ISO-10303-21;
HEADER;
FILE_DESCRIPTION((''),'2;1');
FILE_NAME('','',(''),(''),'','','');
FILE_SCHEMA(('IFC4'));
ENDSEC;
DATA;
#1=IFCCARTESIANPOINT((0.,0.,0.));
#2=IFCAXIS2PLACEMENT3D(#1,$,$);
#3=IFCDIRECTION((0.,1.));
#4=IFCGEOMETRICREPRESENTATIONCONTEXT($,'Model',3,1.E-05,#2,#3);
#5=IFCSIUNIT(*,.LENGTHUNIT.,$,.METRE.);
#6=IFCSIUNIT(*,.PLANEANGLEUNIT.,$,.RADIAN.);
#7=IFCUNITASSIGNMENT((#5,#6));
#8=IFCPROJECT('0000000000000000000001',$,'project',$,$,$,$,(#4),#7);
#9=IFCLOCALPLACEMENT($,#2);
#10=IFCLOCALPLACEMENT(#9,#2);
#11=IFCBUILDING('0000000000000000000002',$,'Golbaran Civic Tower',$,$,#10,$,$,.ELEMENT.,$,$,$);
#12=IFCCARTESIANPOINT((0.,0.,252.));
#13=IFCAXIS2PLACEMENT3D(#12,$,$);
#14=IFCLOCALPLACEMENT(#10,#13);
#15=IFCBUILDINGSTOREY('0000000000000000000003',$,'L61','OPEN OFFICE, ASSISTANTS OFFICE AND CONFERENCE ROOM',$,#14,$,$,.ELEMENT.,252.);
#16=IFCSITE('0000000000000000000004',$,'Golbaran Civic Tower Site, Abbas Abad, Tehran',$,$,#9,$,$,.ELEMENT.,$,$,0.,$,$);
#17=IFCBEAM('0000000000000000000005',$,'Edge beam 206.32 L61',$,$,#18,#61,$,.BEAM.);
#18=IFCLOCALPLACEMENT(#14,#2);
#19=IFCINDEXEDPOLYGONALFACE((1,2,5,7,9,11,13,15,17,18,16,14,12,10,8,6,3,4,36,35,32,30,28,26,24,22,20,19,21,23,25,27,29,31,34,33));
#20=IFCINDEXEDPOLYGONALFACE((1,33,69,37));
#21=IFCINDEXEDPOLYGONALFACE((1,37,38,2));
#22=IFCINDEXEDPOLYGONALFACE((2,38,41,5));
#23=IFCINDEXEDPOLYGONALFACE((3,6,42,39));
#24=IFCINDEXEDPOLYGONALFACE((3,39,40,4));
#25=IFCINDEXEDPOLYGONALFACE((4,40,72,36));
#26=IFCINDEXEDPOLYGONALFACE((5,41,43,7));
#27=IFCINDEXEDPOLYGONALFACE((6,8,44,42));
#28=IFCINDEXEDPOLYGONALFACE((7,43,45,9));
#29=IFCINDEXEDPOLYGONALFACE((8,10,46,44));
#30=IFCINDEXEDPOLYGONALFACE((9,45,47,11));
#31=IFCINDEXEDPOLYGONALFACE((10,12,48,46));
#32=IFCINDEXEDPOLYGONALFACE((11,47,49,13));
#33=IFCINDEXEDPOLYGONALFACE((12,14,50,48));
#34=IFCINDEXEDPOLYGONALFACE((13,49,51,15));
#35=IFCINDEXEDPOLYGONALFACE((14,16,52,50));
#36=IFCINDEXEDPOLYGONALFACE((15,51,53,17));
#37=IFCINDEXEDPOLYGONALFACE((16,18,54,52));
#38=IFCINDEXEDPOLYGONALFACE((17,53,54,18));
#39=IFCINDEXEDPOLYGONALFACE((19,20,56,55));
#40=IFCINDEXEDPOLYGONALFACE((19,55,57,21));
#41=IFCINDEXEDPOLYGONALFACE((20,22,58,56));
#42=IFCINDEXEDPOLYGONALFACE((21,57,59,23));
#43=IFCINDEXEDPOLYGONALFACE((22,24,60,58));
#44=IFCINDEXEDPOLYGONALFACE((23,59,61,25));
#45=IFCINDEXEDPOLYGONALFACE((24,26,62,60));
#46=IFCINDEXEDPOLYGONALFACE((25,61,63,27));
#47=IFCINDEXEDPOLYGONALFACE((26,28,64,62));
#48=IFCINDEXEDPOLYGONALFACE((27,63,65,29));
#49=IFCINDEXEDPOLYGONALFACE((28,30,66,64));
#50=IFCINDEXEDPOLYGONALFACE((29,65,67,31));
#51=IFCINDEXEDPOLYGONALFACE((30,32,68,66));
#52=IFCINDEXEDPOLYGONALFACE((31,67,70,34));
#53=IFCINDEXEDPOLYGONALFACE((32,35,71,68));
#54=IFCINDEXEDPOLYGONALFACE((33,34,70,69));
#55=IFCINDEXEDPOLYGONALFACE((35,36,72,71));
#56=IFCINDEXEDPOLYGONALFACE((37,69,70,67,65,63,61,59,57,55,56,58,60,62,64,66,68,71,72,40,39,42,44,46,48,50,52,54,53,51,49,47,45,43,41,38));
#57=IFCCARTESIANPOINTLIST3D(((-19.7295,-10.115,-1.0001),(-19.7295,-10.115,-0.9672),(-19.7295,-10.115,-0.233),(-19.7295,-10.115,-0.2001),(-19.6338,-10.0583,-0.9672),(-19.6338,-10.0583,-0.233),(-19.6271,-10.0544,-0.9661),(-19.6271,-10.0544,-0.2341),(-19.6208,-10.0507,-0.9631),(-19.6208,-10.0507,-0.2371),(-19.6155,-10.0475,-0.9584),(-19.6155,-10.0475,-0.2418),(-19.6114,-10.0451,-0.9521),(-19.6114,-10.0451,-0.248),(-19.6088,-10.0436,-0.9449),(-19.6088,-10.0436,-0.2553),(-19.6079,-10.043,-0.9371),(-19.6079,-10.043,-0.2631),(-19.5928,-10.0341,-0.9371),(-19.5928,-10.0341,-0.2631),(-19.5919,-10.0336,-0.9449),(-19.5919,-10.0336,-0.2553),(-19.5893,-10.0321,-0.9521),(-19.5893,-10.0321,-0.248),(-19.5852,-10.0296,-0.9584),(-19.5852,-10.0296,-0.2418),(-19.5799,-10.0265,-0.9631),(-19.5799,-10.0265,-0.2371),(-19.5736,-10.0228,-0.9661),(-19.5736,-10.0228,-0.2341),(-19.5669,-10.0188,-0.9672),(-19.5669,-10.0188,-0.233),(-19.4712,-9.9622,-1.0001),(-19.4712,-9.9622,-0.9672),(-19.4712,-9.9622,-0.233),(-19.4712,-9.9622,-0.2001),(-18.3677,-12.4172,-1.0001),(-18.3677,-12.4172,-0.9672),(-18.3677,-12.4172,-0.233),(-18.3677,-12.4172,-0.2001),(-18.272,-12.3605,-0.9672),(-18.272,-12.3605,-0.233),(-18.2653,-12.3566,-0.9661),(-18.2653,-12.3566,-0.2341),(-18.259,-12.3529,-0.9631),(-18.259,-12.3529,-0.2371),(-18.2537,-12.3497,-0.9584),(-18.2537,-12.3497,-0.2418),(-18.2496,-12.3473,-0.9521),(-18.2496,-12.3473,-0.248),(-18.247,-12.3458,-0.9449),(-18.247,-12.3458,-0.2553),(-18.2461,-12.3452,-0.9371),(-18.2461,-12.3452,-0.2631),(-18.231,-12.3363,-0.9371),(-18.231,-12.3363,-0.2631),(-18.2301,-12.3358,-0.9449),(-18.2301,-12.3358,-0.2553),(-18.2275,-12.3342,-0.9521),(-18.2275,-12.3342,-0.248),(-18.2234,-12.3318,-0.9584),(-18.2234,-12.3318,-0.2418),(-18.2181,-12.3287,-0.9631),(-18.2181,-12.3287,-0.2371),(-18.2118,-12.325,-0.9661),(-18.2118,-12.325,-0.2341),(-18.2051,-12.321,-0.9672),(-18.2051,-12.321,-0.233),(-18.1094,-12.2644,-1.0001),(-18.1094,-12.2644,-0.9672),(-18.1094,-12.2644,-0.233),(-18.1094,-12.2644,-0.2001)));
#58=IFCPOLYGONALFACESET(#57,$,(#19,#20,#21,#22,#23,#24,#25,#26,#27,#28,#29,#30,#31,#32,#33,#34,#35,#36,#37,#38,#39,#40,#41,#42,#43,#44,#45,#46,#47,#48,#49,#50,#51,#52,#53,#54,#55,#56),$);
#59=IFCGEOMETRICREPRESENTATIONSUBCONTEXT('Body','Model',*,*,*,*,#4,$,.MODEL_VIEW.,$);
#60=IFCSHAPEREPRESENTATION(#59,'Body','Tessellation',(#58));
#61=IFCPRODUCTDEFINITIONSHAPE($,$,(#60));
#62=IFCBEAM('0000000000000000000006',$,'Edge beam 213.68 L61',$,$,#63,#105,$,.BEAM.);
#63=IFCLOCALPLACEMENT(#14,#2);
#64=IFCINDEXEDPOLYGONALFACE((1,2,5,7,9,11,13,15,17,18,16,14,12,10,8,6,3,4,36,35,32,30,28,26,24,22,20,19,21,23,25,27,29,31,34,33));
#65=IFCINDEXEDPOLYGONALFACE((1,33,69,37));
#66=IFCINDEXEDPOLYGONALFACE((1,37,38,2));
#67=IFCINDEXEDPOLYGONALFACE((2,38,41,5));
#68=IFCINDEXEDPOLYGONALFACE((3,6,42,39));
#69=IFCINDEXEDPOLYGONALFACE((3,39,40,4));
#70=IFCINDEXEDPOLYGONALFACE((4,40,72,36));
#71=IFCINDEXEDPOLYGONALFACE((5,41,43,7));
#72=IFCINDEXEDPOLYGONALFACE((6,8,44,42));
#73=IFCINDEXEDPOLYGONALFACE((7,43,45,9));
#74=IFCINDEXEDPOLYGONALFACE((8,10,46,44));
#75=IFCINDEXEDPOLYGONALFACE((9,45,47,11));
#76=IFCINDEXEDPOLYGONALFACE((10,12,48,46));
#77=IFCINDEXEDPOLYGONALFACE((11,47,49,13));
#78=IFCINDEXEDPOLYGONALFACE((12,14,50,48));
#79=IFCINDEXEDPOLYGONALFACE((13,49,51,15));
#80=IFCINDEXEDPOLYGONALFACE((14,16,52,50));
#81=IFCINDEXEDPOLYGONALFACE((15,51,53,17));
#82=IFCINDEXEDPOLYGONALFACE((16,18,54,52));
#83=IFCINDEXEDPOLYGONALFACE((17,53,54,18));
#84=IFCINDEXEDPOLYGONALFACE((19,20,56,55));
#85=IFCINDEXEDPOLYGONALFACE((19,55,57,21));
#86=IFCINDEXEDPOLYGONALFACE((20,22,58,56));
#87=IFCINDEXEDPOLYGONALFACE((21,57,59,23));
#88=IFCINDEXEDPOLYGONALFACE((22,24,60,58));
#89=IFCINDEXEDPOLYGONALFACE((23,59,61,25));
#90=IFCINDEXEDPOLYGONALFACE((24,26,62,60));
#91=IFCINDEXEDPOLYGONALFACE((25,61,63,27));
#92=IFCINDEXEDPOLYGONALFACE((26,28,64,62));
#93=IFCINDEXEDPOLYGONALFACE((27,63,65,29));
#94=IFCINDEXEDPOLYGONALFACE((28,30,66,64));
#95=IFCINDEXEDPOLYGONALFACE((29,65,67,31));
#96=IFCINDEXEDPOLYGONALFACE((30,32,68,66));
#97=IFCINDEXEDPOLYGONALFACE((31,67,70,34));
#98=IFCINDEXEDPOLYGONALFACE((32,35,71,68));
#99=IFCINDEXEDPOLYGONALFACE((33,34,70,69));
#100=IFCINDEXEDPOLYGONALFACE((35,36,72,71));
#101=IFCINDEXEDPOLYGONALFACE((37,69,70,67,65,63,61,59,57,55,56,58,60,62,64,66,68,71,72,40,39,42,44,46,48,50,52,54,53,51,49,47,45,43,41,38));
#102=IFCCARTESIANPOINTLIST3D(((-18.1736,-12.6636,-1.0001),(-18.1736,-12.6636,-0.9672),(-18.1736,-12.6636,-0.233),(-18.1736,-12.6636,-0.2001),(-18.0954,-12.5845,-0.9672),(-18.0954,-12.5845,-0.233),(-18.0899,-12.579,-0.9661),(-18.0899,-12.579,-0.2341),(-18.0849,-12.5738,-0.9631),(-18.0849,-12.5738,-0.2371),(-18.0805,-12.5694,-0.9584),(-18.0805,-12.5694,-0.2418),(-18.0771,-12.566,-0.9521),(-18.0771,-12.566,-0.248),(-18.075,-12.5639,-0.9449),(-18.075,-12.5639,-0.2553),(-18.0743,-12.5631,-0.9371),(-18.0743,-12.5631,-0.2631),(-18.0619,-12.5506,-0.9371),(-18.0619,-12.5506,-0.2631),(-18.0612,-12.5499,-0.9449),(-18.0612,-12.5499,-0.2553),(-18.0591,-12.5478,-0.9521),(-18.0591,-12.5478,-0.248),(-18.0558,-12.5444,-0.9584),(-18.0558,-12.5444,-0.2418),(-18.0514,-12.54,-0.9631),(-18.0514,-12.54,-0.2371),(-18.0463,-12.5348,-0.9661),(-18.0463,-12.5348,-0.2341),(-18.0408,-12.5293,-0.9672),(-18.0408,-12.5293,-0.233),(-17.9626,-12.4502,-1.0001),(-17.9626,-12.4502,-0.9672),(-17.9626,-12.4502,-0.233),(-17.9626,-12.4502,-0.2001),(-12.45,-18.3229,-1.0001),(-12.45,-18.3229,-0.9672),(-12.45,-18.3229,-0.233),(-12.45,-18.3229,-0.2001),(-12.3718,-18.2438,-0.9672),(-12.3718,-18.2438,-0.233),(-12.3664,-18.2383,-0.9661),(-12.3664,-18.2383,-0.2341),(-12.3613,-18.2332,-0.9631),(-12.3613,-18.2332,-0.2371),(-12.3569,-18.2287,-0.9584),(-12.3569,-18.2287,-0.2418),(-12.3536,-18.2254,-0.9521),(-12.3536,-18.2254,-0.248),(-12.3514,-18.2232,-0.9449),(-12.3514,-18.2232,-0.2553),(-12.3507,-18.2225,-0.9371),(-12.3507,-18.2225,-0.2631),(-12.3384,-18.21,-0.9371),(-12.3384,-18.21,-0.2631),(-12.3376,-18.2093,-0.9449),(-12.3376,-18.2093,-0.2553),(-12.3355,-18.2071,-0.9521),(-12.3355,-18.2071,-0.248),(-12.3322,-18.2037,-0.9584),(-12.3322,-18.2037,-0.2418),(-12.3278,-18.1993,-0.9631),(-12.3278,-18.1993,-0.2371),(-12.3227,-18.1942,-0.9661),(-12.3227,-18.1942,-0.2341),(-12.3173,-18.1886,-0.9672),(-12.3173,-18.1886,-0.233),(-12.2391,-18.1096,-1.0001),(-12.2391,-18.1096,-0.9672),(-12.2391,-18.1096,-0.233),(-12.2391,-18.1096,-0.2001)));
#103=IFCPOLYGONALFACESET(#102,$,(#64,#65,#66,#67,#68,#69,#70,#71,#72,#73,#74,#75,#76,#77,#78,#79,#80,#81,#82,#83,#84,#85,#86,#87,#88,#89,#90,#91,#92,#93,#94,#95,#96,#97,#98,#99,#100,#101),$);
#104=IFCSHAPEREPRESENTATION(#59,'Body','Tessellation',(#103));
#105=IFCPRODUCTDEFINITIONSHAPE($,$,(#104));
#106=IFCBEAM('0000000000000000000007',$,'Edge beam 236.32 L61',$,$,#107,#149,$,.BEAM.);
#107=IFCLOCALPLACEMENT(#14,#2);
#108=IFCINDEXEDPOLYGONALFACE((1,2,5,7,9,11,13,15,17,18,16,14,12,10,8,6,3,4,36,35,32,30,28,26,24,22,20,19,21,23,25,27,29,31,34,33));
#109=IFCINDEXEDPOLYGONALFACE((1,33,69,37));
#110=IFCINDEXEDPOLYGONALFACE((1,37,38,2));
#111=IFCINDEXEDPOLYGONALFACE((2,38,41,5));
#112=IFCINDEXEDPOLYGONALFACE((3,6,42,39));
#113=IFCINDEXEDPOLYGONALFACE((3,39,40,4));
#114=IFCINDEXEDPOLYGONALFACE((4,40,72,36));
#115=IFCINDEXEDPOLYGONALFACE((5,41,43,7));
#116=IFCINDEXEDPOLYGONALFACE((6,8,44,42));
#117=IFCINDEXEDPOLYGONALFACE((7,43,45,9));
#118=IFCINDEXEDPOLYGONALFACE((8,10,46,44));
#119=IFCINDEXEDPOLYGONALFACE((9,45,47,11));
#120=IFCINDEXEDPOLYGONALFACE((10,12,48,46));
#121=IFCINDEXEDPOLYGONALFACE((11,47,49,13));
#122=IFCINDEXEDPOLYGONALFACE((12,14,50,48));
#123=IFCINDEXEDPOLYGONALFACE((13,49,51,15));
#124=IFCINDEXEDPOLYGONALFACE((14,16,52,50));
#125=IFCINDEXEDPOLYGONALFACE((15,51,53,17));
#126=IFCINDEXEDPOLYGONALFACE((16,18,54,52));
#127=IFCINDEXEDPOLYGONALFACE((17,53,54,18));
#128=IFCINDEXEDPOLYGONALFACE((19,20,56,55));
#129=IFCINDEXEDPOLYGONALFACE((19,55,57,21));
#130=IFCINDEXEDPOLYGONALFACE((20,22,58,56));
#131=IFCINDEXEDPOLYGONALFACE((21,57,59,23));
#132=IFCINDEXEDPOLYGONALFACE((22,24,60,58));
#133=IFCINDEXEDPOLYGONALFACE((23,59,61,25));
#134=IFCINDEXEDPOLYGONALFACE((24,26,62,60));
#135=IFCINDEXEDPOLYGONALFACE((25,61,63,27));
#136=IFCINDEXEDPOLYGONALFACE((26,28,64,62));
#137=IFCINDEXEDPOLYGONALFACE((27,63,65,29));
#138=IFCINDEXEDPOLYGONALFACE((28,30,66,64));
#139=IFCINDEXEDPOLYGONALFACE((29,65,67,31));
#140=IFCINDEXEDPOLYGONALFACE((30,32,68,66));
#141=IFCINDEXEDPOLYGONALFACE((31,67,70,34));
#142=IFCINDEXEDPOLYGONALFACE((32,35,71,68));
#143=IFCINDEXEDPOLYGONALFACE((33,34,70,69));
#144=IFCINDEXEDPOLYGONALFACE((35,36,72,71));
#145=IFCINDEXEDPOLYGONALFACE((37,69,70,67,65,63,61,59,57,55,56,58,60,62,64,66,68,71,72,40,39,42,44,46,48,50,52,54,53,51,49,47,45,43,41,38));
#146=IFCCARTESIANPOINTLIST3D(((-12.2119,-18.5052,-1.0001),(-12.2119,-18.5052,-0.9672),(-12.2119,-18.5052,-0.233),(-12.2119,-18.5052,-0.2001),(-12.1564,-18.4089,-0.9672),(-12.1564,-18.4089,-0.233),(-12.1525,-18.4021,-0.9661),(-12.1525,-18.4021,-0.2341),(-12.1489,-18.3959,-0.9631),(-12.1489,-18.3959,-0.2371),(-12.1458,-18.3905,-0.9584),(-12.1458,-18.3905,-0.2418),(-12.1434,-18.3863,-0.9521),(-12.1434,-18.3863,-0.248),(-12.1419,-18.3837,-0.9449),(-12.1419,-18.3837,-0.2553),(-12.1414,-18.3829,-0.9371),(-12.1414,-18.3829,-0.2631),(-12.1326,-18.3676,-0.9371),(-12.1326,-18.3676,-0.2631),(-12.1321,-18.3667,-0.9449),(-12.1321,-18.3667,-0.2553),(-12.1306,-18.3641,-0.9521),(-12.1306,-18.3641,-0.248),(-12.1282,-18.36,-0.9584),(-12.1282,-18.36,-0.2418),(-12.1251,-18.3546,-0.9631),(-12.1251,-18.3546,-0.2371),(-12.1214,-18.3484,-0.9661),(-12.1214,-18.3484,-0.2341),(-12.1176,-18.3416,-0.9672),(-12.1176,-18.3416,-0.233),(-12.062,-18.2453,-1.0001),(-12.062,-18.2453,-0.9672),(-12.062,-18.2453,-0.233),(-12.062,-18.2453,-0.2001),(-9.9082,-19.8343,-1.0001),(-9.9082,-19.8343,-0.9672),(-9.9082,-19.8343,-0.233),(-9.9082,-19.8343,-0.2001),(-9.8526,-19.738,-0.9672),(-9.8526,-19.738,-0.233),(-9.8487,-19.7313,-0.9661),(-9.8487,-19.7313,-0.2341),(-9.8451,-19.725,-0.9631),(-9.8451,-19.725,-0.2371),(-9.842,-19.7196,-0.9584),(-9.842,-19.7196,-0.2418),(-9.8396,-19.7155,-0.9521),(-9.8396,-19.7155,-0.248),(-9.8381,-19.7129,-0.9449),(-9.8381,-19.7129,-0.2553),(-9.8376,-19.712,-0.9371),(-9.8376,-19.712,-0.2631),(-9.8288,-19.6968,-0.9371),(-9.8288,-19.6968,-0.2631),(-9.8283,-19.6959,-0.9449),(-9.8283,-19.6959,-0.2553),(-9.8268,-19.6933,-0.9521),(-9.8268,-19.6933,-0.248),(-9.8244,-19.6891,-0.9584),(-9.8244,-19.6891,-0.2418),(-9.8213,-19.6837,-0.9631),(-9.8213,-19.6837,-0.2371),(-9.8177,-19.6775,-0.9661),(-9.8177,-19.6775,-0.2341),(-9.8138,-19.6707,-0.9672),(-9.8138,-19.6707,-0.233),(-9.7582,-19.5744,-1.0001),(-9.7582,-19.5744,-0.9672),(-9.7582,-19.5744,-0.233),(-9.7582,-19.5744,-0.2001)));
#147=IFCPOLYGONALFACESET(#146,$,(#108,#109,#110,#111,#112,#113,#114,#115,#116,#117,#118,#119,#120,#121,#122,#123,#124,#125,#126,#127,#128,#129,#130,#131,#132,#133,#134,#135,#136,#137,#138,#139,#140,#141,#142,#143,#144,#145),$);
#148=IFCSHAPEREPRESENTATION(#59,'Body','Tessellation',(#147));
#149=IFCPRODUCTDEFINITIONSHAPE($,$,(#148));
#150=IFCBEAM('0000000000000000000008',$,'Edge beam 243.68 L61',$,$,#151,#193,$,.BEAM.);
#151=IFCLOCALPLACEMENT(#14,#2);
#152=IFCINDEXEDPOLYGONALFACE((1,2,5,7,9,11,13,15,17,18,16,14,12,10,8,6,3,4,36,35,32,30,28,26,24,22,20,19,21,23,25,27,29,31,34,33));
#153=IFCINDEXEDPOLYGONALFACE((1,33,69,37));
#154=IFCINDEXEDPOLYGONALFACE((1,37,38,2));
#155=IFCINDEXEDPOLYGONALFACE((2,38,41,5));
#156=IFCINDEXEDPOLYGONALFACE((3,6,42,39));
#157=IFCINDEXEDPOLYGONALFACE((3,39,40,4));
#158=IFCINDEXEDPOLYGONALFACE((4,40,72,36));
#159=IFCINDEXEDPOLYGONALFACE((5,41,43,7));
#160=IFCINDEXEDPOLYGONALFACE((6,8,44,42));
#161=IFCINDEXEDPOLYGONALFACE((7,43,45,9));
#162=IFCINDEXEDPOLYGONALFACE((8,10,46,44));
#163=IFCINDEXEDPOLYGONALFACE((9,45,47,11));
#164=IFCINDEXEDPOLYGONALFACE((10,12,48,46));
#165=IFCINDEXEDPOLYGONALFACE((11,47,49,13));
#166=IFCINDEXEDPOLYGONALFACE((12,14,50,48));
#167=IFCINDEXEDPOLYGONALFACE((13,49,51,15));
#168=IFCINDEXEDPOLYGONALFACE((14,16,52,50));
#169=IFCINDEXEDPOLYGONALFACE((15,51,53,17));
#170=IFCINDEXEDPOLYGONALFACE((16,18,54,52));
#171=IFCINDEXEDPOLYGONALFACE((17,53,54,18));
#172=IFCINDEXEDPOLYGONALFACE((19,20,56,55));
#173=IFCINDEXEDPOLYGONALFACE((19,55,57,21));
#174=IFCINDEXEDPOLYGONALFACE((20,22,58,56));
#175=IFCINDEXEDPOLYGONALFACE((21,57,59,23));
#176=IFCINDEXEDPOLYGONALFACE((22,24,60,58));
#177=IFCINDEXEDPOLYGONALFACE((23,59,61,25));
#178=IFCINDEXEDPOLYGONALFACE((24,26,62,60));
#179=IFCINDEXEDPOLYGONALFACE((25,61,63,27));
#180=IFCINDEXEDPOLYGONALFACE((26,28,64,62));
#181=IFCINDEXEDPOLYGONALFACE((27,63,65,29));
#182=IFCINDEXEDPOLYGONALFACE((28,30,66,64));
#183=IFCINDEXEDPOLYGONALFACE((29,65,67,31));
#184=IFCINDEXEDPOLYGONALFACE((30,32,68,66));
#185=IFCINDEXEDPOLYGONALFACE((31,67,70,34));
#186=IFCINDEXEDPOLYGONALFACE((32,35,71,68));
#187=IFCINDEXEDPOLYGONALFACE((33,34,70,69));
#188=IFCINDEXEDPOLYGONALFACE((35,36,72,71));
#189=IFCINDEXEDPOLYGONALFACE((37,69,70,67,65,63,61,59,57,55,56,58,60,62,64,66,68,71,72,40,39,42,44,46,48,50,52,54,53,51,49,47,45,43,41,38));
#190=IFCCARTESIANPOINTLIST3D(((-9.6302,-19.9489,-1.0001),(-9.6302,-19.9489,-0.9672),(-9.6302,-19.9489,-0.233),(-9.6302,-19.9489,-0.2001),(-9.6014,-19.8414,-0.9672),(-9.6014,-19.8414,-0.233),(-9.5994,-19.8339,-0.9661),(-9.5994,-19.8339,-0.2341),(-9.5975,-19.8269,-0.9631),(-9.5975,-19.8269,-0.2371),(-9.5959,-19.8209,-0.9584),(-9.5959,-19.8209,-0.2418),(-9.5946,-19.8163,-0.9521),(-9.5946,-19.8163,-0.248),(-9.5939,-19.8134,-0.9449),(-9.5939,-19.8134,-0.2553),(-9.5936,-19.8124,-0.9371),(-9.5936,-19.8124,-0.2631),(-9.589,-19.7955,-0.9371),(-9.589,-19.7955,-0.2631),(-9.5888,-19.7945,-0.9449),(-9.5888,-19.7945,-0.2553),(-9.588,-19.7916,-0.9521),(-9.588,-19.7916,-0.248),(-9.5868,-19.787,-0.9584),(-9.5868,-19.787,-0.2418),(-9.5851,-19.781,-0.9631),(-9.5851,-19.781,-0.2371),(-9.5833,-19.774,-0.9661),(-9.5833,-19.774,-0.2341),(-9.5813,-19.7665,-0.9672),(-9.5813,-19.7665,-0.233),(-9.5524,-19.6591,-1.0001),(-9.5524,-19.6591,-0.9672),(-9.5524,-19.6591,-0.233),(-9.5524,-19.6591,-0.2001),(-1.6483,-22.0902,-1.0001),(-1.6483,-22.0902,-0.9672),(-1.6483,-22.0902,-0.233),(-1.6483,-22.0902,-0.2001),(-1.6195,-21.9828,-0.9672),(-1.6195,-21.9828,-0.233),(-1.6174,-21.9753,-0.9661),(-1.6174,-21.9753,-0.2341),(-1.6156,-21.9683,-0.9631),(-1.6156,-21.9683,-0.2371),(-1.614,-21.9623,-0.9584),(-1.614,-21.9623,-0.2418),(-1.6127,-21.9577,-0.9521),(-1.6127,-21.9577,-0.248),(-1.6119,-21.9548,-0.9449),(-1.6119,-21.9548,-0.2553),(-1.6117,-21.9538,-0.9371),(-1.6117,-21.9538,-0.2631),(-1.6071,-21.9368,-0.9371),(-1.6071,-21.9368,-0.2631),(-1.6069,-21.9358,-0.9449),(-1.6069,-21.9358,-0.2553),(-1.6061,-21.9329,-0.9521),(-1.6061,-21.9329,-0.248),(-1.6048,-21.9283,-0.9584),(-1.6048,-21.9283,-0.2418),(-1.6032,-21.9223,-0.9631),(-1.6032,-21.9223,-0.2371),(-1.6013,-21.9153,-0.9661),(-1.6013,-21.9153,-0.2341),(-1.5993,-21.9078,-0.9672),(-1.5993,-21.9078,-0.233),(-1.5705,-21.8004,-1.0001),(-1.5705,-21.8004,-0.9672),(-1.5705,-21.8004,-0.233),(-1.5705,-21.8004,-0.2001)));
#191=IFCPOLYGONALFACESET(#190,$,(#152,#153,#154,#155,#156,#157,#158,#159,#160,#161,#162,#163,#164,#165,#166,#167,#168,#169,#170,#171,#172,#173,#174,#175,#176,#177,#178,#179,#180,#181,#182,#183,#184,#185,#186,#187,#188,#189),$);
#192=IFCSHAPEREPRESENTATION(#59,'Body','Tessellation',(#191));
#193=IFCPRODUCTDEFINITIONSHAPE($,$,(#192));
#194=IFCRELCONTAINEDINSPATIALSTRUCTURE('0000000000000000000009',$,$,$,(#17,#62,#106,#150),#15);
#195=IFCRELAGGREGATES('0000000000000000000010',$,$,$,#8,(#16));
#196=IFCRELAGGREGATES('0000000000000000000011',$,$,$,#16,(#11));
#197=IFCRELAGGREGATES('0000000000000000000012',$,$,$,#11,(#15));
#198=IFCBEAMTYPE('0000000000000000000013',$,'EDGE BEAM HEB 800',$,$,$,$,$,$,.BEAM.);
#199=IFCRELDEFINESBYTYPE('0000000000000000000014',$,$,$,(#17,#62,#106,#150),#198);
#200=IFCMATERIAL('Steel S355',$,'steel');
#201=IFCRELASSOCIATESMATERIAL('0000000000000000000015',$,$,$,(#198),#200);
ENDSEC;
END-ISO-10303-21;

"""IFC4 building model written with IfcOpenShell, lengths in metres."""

from ifc_helpers import new_model, si_unit, direction, frame, origin, origin_2d, place, context, subcontext, project, spatial, i_section, extrude, material, material_profile, profile_set, type_object, element, save


model = new_model("IFC4")

# Units and contexts
model_context = context("Model", 3, precision=1e-05, world=origin(), true_north=direction((0.0, 1.0)))
body_context = subcontext(model_context, "Body", "Model", "MODEL_VIEW")
ifc_project = project(units=[si_unit("LENGTHUNIT", "METRE"), si_unit("PLANEANGLEUNIT", "RADIAN")], contexts=[model_context])

# Site, building, storey
site_placement = place(None, origin())
site = spatial("IfcSite", under=ifc_project, at=site_placement, Name="Golbaran Civic Tower Site, Abbas Abad, Tehran", CompositionType="ELEMENT", RefElevation=0.0)
building_placement = place(site_placement, origin())
building = spatial("IfcBuilding", under=site, at=building_placement, Name="Golbaran Civic Tower", CompositionType="ELEMENT")
storey_placement = place(building_placement, frame((0.0, 0.0, 252.0)))
storey = spatial("IfcBuildingStorey", under=building, at=storey_placement, Name="L61", Description="OPEN OFFICE, ASSISTANTS OFFICE AND CONFERENCE ROOM", CompositionType="ELEMENT", Elevation=252.0)

# Beams
ifc_material_1 = material(Name="Steel S355", Category="steel")
ifc_material_profile_1 = material_profile(ifc_material_1, i_section(OverallWidth=0.3, OverallDepth=0.8, WebThickness=0.0176, FlangeThickness=0.033, FilletRadius=0.03, at=origin_2d()), Name="HEB 800")
ifc_profile_set_1 = profile_set([ifc_material_profile_1], Name="Steel S355")
beam_type_1 = type_object("IfcBeamType", Name="EDGE BEAM HEB 800", PredefinedType="BEAM", material=ifc_profile_set_1)
beam_1_placement = place(storey_placement, frame((-19.6003, -10.0386, -0.6001), z_axis=(0.509117, -0.860697, 0.0), x_axis=(0.860697, 0.509117, 0.0)))
element("IfcBeam", 1, at=beam_1_placement, inside=storey, type_object=beam_type_1, Name="Edge beam 206.32 L61", PredefinedType="BEAM", context=body_context, shape_type="SweptSolid", body=[
    extrude(i_section(OverallWidth=0.3, OverallDepth=0.8, WebThickness=0.0176, FlangeThickness=0.033, FilletRadius=0.03, at=origin_2d()), origin(), (0.0, 0.0, 1.0), 2.6748),
])
beam_2_placement = place(storey_placement, frame((-18.0681, -12.5569, -0.6001), z_axis=(0.711084, -0.703107, 0.0), x_axis=(0.703107, 0.711084, 0.0)))
element("IfcBeam", 2, at=beam_2_placement, inside=storey, type_object=beam_type_1, Name="Edge beam 213.68 L61", PredefinedType="BEAM", context=body_context, shape_type="SweptSolid", body=[
    extrude(i_section(OverallWidth=0.3, OverallDepth=0.8, WebThickness=0.0176, FlangeThickness=0.033, FilletRadius=0.03, at=origin_2d()), origin(), (0.0, 0.0, 1.0), 8.0491),
])
beam_3_placement = place(storey_placement, frame((-12.137, -18.3752, -0.6001), z_axis=(0.866179, -0.499733, 0.0), x_axis=(0.499733, 0.866179, 0.0)))
element("IfcBeam", 3, at=beam_3_placement, inside=storey, type_object=beam_type_1, Name="Edge beam 236.32 L61", PredefinedType="BEAM", context=body_context, shape_type="SweptSolid", body=[
    extrude(i_section(OverallWidth=0.3, OverallDepth=0.8, WebThickness=0.0176, FlangeThickness=0.033, FilletRadius=0.03, at=origin_2d()), origin(), (0.0, 0.0, 1.0), 2.6597),
])
beam_4_placement = place(storey_placement, frame((-9.5913, -19.804, -0.6001), z_axis=(0.965847, -0.259113, 0.0), x_axis=(0.259113, 0.965847, 0.0)))
element("IfcBeam", 4, at=beam_4_placement, inside=storey, type_object=beam_type_1, Name="Edge beam 243.68 L61", PredefinedType="BEAM", context=body_context, shape_type="SweptSolid", body=[
    extrude(i_section(OverallWidth=0.3, OverallDepth=0.8, WebThickness=0.0176, FlangeThickness=0.033, FilletRadius=0.03, at=origin_2d()), origin(), (0.0, 0.0, 1.0), 8.2642),
])

save(model, "model.ifc")
